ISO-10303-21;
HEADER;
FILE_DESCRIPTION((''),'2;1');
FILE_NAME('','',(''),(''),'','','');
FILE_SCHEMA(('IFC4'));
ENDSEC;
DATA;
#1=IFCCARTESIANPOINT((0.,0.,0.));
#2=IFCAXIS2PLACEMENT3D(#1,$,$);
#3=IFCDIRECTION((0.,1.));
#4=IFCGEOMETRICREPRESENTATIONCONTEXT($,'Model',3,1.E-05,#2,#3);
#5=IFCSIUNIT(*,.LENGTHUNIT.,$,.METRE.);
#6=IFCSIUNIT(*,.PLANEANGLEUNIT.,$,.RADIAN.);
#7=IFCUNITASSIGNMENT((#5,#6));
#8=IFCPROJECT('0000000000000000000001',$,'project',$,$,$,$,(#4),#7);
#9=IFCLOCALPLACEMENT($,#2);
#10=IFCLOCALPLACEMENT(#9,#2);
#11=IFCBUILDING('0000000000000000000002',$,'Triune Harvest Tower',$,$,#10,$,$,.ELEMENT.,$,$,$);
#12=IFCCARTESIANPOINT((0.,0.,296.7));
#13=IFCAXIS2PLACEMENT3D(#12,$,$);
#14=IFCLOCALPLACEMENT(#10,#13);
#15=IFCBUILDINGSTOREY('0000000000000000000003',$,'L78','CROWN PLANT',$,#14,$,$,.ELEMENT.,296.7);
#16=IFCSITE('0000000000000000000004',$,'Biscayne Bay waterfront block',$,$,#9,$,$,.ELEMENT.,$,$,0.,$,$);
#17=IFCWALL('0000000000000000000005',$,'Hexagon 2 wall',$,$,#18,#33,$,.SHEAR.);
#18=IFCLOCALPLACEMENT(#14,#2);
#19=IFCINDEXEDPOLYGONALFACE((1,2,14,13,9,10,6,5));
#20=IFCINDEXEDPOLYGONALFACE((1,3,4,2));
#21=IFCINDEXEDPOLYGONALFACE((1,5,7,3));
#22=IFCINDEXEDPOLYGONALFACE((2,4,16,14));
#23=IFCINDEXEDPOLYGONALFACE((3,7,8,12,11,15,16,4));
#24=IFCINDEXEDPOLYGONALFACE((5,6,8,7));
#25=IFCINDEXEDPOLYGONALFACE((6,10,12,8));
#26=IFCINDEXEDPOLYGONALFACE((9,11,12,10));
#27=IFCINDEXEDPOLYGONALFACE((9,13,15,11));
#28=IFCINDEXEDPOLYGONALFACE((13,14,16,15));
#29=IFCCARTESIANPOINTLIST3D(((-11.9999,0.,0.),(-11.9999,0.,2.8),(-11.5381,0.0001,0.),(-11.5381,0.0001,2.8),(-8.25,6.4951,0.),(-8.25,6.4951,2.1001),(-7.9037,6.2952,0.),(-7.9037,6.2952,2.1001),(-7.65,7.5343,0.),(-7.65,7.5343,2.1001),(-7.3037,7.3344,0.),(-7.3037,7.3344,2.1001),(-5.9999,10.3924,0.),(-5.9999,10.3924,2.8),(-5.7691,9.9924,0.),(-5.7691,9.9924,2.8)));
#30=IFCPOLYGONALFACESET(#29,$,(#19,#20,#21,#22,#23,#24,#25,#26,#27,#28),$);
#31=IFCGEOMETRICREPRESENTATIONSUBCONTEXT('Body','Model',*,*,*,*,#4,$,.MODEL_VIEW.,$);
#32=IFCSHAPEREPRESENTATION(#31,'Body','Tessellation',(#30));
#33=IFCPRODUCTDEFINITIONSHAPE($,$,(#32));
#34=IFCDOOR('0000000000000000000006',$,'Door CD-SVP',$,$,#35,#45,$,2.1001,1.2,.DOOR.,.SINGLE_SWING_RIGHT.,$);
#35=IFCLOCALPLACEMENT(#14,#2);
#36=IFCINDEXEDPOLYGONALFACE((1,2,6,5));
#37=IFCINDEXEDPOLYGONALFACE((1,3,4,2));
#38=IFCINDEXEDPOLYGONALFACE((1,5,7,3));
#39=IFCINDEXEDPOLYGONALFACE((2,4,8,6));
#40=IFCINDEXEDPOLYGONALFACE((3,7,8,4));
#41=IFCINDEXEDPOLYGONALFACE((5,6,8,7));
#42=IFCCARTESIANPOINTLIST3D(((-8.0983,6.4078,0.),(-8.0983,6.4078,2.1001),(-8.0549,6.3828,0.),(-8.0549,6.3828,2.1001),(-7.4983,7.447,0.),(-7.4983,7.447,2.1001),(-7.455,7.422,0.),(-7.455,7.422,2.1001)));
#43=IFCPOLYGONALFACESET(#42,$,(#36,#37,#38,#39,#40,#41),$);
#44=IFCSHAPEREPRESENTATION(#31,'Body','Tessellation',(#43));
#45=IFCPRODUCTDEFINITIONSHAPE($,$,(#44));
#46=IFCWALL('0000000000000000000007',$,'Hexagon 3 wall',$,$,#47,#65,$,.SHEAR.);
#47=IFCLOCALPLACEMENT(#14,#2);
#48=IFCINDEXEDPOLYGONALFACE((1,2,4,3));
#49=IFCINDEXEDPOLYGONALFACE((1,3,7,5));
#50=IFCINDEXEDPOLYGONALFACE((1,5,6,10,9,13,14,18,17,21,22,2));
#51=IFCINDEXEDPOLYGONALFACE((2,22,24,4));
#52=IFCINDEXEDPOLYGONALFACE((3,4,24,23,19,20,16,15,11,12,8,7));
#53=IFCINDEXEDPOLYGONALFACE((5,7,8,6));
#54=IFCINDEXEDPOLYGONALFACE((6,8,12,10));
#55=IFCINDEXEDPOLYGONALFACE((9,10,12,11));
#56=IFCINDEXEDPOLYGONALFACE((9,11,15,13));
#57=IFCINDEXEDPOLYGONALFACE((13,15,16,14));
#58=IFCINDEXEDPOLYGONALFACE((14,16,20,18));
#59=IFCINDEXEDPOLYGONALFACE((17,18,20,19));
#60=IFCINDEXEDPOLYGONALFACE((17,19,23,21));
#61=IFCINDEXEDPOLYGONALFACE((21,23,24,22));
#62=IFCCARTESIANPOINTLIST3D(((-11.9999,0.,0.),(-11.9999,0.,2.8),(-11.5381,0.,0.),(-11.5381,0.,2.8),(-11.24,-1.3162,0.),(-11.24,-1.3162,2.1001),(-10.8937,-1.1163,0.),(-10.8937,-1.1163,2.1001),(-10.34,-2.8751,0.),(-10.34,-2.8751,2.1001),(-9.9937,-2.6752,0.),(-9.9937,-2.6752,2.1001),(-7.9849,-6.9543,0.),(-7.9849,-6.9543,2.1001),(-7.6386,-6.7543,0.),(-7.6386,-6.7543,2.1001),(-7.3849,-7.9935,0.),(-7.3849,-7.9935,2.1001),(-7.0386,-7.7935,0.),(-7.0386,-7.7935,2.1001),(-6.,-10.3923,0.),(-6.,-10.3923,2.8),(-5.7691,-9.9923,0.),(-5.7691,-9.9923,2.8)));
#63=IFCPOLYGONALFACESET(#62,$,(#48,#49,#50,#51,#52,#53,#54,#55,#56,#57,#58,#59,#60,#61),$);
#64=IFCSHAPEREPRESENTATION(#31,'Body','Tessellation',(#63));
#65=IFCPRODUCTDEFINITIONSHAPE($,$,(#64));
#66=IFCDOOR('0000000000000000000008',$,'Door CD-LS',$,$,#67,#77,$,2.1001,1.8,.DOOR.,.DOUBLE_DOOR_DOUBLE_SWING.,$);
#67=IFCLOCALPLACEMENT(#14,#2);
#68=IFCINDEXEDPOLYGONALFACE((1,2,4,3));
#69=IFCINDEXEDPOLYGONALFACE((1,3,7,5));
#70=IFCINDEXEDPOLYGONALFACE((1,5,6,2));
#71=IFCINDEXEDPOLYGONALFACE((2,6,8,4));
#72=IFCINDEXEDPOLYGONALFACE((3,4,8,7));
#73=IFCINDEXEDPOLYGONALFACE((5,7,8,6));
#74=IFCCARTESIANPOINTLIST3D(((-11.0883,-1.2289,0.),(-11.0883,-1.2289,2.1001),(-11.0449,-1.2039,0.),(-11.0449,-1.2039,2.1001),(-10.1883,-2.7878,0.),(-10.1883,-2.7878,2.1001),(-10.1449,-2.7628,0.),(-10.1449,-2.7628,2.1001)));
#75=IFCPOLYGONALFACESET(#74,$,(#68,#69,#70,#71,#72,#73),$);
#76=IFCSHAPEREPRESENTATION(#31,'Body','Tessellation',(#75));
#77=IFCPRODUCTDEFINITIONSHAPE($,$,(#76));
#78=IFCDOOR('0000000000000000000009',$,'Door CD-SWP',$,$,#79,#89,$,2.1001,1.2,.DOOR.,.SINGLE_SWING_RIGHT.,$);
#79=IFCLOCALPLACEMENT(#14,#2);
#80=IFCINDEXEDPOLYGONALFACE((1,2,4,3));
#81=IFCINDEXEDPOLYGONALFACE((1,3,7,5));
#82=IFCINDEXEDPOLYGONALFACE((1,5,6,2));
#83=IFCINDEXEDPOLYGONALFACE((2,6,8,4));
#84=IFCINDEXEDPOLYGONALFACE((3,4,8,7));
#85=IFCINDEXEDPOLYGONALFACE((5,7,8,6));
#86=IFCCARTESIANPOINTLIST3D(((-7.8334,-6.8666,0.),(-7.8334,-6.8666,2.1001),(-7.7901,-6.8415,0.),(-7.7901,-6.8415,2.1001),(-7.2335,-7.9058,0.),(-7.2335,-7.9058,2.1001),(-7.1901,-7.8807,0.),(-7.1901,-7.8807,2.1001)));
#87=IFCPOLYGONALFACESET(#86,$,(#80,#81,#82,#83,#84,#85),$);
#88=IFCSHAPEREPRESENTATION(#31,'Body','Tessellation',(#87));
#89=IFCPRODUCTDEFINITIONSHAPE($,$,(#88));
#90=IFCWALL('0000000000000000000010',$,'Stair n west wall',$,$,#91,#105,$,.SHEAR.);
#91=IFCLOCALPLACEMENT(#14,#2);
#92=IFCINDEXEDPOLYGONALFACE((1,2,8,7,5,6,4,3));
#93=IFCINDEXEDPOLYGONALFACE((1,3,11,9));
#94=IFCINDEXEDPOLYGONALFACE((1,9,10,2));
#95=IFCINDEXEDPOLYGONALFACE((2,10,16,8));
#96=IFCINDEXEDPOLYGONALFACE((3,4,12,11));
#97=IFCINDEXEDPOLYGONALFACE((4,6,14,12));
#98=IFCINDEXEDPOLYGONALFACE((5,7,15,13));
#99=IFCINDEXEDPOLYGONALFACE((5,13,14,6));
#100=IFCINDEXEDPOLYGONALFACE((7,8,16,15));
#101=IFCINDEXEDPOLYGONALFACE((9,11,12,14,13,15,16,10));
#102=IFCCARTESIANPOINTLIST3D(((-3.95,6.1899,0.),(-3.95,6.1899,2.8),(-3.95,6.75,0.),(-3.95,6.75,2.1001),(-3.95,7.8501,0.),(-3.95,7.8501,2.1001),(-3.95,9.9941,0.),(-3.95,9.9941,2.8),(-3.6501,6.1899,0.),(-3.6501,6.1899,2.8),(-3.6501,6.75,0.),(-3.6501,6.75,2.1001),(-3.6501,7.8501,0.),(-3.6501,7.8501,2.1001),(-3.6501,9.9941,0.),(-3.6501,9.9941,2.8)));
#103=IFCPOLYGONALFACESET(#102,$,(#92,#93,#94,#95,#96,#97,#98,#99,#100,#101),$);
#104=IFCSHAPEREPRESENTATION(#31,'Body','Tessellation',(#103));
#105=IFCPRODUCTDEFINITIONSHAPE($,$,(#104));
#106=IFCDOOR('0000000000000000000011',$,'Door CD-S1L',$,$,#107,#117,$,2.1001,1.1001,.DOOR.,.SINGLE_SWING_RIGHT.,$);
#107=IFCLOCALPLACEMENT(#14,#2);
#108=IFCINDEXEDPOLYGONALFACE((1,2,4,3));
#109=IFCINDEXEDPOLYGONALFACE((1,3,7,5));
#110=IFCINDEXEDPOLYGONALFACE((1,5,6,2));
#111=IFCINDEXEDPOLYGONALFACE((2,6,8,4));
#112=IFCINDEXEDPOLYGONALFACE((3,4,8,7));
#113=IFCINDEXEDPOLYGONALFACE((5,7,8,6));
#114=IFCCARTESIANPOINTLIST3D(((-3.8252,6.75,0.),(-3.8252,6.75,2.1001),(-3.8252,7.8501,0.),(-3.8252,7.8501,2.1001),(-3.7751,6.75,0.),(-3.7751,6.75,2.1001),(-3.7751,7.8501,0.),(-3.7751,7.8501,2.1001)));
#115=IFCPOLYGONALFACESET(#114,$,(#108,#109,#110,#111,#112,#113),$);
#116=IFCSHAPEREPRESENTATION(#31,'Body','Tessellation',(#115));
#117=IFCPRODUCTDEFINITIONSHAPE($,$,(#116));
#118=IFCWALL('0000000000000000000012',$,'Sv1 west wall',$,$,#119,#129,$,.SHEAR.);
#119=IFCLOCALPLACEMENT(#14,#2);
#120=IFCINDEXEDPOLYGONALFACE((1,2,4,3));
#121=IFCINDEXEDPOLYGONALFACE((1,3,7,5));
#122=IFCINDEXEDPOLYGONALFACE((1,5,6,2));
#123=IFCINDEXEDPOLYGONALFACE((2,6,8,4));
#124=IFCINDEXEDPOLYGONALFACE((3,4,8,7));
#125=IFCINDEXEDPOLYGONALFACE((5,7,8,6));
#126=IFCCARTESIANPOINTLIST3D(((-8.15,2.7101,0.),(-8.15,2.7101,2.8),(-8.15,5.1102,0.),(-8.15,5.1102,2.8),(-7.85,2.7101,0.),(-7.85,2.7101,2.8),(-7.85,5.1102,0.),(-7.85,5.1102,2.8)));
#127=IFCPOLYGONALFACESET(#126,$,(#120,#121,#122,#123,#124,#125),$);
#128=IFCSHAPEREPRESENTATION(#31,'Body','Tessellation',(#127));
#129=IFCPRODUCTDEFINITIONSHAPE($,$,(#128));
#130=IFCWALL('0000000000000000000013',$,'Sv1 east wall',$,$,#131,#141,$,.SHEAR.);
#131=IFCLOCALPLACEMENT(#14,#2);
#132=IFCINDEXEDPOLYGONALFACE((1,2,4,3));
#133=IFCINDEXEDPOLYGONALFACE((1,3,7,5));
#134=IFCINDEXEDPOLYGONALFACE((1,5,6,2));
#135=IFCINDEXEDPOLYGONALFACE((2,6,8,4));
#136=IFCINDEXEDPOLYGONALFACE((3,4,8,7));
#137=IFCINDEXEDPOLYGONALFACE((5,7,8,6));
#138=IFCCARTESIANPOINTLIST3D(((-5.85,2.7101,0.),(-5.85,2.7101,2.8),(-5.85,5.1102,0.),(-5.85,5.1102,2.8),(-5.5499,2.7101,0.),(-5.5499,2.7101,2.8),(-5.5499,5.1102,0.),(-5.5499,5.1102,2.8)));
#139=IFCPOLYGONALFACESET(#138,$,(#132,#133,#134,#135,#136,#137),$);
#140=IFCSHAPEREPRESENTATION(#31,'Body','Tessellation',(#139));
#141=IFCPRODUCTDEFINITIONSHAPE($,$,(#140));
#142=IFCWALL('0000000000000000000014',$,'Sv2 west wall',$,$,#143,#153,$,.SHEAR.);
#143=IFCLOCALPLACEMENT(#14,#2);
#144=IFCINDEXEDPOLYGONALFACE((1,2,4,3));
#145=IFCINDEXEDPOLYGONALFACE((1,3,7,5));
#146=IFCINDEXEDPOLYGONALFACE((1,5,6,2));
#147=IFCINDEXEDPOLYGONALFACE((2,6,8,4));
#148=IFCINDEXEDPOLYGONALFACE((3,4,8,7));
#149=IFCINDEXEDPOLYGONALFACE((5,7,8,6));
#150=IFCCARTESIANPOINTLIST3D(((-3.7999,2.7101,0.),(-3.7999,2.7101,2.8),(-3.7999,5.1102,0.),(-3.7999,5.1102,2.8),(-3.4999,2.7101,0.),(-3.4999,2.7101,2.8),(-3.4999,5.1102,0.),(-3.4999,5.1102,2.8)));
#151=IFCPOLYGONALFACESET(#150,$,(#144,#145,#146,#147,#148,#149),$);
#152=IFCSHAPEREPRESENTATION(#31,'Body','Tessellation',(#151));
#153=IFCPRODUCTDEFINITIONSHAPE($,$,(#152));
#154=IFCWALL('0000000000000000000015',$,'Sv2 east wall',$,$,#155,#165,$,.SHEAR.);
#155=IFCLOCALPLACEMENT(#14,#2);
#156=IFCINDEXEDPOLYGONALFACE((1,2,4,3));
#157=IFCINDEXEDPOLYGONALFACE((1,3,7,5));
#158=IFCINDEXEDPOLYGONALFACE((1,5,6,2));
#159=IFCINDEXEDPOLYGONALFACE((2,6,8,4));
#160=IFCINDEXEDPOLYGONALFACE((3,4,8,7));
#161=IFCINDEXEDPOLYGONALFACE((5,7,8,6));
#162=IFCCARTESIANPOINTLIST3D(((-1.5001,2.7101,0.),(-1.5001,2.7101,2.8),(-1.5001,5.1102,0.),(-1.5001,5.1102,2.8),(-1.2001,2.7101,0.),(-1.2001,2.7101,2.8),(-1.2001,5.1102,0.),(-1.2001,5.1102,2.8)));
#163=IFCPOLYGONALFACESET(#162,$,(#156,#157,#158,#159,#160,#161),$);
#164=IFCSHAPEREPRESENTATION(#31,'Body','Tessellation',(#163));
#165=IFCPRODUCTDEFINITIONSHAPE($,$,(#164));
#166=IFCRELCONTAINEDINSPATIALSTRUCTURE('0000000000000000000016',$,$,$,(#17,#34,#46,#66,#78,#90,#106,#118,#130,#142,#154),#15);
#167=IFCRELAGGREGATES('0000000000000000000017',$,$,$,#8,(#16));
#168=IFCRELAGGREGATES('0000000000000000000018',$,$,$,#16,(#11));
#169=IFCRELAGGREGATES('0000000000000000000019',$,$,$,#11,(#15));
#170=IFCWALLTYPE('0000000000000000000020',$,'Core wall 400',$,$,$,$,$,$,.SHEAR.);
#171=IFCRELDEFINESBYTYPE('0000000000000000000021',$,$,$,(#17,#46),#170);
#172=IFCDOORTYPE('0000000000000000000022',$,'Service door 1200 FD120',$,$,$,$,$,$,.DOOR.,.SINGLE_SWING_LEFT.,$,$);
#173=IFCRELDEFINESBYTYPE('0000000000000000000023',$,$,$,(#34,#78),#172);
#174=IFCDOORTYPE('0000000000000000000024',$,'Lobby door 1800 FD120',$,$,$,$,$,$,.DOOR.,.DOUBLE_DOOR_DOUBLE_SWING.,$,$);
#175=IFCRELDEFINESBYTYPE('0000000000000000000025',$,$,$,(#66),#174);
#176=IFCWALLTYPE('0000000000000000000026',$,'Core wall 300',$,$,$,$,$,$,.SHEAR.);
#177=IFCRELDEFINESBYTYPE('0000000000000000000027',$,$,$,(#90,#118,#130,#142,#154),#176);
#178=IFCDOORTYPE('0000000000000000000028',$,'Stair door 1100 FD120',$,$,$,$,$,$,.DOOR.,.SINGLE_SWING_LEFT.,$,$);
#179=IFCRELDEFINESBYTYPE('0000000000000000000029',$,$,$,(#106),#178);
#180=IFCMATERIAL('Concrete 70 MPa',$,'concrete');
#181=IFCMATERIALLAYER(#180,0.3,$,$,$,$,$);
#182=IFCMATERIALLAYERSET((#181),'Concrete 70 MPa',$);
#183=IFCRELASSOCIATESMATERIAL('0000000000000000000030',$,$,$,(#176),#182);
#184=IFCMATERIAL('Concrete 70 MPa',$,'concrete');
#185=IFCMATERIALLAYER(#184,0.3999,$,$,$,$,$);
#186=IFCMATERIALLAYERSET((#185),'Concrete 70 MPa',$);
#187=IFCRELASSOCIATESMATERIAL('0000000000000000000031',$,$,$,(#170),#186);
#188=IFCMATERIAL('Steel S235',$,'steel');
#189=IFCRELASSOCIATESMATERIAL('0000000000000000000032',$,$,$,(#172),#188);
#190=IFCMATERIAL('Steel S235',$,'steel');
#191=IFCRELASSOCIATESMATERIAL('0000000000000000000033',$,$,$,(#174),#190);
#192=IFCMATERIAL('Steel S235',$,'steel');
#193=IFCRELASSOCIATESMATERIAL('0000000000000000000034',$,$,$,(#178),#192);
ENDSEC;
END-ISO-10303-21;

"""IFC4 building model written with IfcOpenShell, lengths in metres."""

from ifc_helpers import new_model, si_unit, direction, frame, frame_2d, origin, place, context, subcontext, project, spatial, polyline, rectangle, outline, extrude, source, transform, mapped, material, layer, layer_set, type_object, element, fill, save


model = new_model("IFC4")

# Units and contexts
model_context = context("Model", 3, precision=1e-05, world=origin(), true_north=direction((0.0, 1.0)))
body_context = subcontext(model_context, "Body", "Model", "MODEL_VIEW")
ifc_project = project(units=[si_unit("LENGTHUNIT", "METRE"), si_unit("PLANEANGLEUNIT", "RADIAN")], contexts=[model_context])

# Site, building, storey
site_placement = place(None, origin())
site = spatial("IfcSite", under=ifc_project, at=site_placement, Name="Biscayne Bay waterfront block", CompositionType="ELEMENT", RefElevation=0.0)
building_placement = place(site_placement, origin())
building = spatial("IfcBuilding", under=site, at=building_placement, Name="Triune Harvest Tower", CompositionType="ELEMENT")
storey_placement = place(building_placement, frame((0.0, 0.0, 296.7)))
storey = spatial("IfcBuildingStorey", under=building, at=storey_placement, Name="L78", Description="CROWN PLANT", CompositionType="ELEMENT", Elevation=296.7)

# Shared definitions
ifc_material_1 = material(Name="Concrete 70 MPa", Category="concrete")
ifc_layer_1 = layer(ifc_material_1, 0.3)
ifc_layer_set_1 = layer_set([ifc_layer_1], Name="Concrete 70 MPa")
wall_type_1 = type_object("IfcWallType", Name="Core wall 300", PredefinedType="SHEAR", material=ifc_layer_set_1)

# Wall, opening, door
ifc_material_2 = material(Name="Concrete 70 MPa", Category="concrete")
ifc_layer_2 = layer(ifc_material_2, 0.3999)
ifc_layer_set_2 = layer_set([ifc_layer_2], Name="Concrete 70 MPa")
wall_type_2 = type_object("IfcWallType", Name="Core wall 400", PredefinedType="SHEAR", material=ifc_layer_set_2)
shared_shape_1 = source(origin(), body_context, "Body", "SweptSolid", [
    extrude(outline(polyline([(-0.1155, -0.2), (11.8845, -0.2), (11.6536, 0.2), (0.1155, 0.2), (-0.1155, -0.2)])), origin(), (0.0, 0.0, 1.0), 2.8),
])
wall_1_placement = place(storey_placement, frame((-5.8845, 10.1924, 0.0), z_axis=(0.0, 0.0, 1.0), x_axis=(-0.499997, -0.866027, 0.0)))
wall_1 = element("IfcWall", 1, at=wall_1_placement, inside=storey, type_object=wall_type_2, Name="Hexagon 2 wall", PredefinedType="SHEAR", context=body_context, shape_type="MappedRepresentation", body=[
    mapped(shared_shape_1, transform((0.0, 0.0, 0.0), scale=1.0)),
])
opening_1_placement = place(wall_1_placement, frame((3.1846, 0.0, 0.0)))
opening_1 = element("IfcOpeningElement", 2, at=opening_1_placement, cuts=wall_1, PredefinedType="OPENING", context=body_context, shape_type="SweptSolid", body=[
    extrude(rectangle(XDim=1.2, YDim=2.1001, at=frame_2d((0.6001, 1.05))), frame((0.0, 0.21, 0.0), z_axis=(0.0, -1.0, 0.0), x_axis=(1.0, 0.0, 0.0)), (0.0, 0.0, 1.0), 0.4199),
])
ifc_material_3 = material(Name="Steel S235", Category="steel")
door_type_1 = type_object("IfcDoorType", Name="Service door 1200 FD120", OperationType="SINGLE_SWING_LEFT", PredefinedType="DOOR", material=ifc_material_3)
door_1_placement = place(opening_1_placement, frame((1.2, 0.0, 0.0), z_axis=(0.0, 0.0, 1.0), x_axis=(-1.0, 0.0, 0.0)))
door_1 = element("IfcDoor", 3, at=door_1_placement, inside=storey, type_object=door_type_1, Name="Door CD-SVP", OperationType="SINGLE_SWING_RIGHT", OverallHeight=2.1001, OverallWidth=1.2, PredefinedType="DOOR", context=body_context, shape_type="SweptSolid", body=[
    extrude(rectangle(XDim=1.2, YDim=2.1001, at=frame_2d((0.6001, 1.05))), frame((0.0, 0.0249, 0.0), z_axis=(0.0, -1.0, 0.0), x_axis=(1.0, 0.0, 0.0)), (0.0, 0.0, 1.0), 0.05),
])
fill(opening_1, door_1)

# Wall, openings, doors
wall_2_placement = place(storey_placement, frame((-11.769, 0.0, 0.0), z_axis=(0.0, 0.0, 1.0), x_axis=(0.499997, -0.866027, 0.0)))
wall_2 = element("IfcWall", 4, at=wall_2_placement, inside=storey, type_object=wall_type_2, Name="Hexagon 3 wall", PredefinedType="SHEAR", context=body_context, shape_type="MappedRepresentation", body=[
    mapped(shared_shape_1, transform((0.0, 0.0, 0.0), scale=1.0)),
])
opening_2_placement = place(wall_2_placement, frame((1.4045, 0.0, 0.0)))
opening_2 = element("IfcOpeningElement", 5, at=opening_2_placement, cuts=wall_2, PredefinedType="OPENING", context=body_context, shape_type="SweptSolid", body=[
    extrude(rectangle(XDim=1.8, YDim=2.1001, at=frame_2d((0.8999, 1.05))), frame((0.0, 0.21, 0.0), z_axis=(0.0, -1.0, 0.0), x_axis=(1.0, 0.0, 0.0)), (0.0, 0.0, 1.0), 0.4199),
])
opening_3_placement = place(wall_2_placement, frame((7.9146, 0.0, 0.0)))
opening_3 = element("IfcOpeningElement", 6, at=opening_3_placement, cuts=wall_2, PredefinedType="OPENING", context=body_context, shape_type="SweptSolid", body=[
    extrude(rectangle(XDim=1.2, YDim=2.1001, at=frame_2d((0.6001, 1.05))), frame((0.0, 0.21, 0.0), z_axis=(0.0, -1.0, 0.0), x_axis=(1.0, 0.0, 0.0)), (0.0, 0.0, 1.0), 0.4199),
])
ifc_material_4 = material(Name="Steel S235", Category="steel")
door_type_2 = type_object("IfcDoorType", Name="Lobby door 1800 FD120", OperationType="DOUBLE_DOOR_DOUBLE_SWING", PredefinedType="DOOR", material=ifc_material_4)
door_2_placement = place(opening_2_placement, frame((1.8, 0.0, 0.0), z_axis=(0.0, 0.0, 1.0), x_axis=(-1.0, 0.0, 0.0)))
door_2 = element("IfcDoor", 7, at=door_2_placement, inside=storey, type_object=door_type_2, Name="Door CD-LS", OperationType="DOUBLE_DOOR_DOUBLE_SWING", OverallHeight=2.1001, OverallWidth=1.8, PredefinedType="DOOR", context=body_context, shape_type="SweptSolid", body=[
    extrude(rectangle(XDim=1.8, YDim=2.1001, at=frame_2d((0.8999, 1.05))), frame((0.0, 0.0249, 0.0), z_axis=(0.0, -1.0, 0.0), x_axis=(1.0, 0.0, 0.0)), (0.0, 0.0, 1.0), 0.05),
])
fill(opening_2, door_2)
door_3_placement = place(opening_3_placement, frame((1.2, 0.0, 0.0), z_axis=(0.0, 0.0, 1.0), x_axis=(-1.0, 0.0, 0.0)))
door_3 = element("IfcDoor", 8, at=door_3_placement, inside=storey, type_object=door_type_1, Name="Door CD-SWP", OperationType="SINGLE_SWING_RIGHT", OverallHeight=2.1001, OverallWidth=1.2, PredefinedType="DOOR", context=body_context, shape_type="SweptSolid", body=[
    extrude(rectangle(XDim=1.2, YDim=2.1001, at=frame_2d((0.6001, 1.05))), frame((0.0, 0.0249, 0.0), z_axis=(0.0, -1.0, 0.0), x_axis=(1.0, 0.0, 0.0)), (0.0, 0.0, 1.0), 0.05),
])
fill(opening_3, door_3)

# Wall, opening, door
shared_shape_2 = source(origin(), body_context, "Body", "SweptSolid", [
    extrude(outline(polyline([(0.0, -0.1499), (0.0, 0.1499), (3.8042, 0.1499), (3.8042, -0.1499), (0.0, -0.1499)])), origin(), (0.0, 0.0, 1.0), 2.8),
])
wall_3_placement = place(storey_placement, frame((-3.8, 6.1899, 0.0), z_axis=(0.0, 0.0, 1.0), x_axis=(0.0, 1.0, 0.0)))
wall_3 = element("IfcWall", 9, at=wall_3_placement, inside=storey, type_object=wall_type_1, Name="Stair n west wall", PredefinedType="SHEAR", context=body_context, shape_type="MappedRepresentation", body=[
    mapped(shared_shape_2, transform((0.0, 0.0, 0.0), scale=1.0)),
])
opening_4_placement = place(wall_3_placement, frame((0.5601, 0.0, 0.0)))
opening_4 = element("IfcOpeningElement", 10, at=opening_4_placement, cuts=wall_3, PredefinedType="OPENING", context=body_context, shape_type="SweptSolid", body=[
    extrude(rectangle(XDim=1.1001, YDim=2.1001, at=frame_2d((0.55, 1.05))), frame((0.0, 0.1602, 0.0), z_axis=(0.0, -1.0, 0.0), x_axis=(1.0, 0.0, 0.0)), (0.0, 0.0, 1.0), 0.3201),
])
ifc_material_5 = material(Name="Steel S235", Category="steel")
door_type_3 = type_object("IfcDoorType", Name="Stair door 1100 FD120", OperationType="SINGLE_SWING_LEFT", PredefinedType="DOOR", material=ifc_material_5)
door_4_placement = place(opening_4_placement, frame((1.1001, 0.0, 0.0), z_axis=(0.0, 0.0, 1.0), x_axis=(-1.0, 0.0, 0.0)))
door_4 = element("IfcDoor", 11, at=door_4_placement, inside=storey, type_object=door_type_3, Name="Door CD-S1L", OperationType="SINGLE_SWING_RIGHT", OverallHeight=2.1001, OverallWidth=1.1001, PredefinedType="DOOR", context=body_context, shape_type="SweptSolid", body=[
    extrude(rectangle(XDim=1.1001, YDim=2.1001, at=frame_2d((0.55, 1.05))), frame((0.0, 0.0249, 0.0), z_axis=(0.0, -1.0, 0.0), x_axis=(1.0, 0.0, 0.0)), (0.0, 0.0, 1.0), 0.05),
])
fill(opening_4, door_4)

# Walls
shared_shape_3 = source(origin(), body_context, "Body", "SweptSolid", [
    extrude(rectangle(XDim=2.4001, YDim=0.3, at=frame_2d((1.2002, 0.0))), origin(), (0.0, 0.0, 1.0), 2.8),
])
for number, where, z_axis, x_axis, name in (
    (12, (-8.0, 2.71, 0.0), (0.0, 0.0, 1.0), (0.0, 1.0, 0.0), "Sv1 west wall"),
    (13, (-5.7, 2.71, 0.0), (0.0, 0.0, 1.0), (0.0, 1.0, 0.0), "Sv1 east wall"),
    (14, (-3.6499, 2.71, 0.0), (0.0, 0.0, 1.0), (0.0, 1.0, 0.0), "Sv2 west wall"),
    (15, (-1.3501, 2.71, 0.0), (0.0, 0.0, 1.0), (0.0, 1.0, 0.0), "Sv2 east wall"),
):
    element("IfcWall", number, at=place(storey_placement, frame(where, z_axis=z_axis, x_axis=x_axis)), inside=storey, type_object=wall_type_1, Name=name, PredefinedType="SHEAR", context=body_context, shape_type="MappedRepresentation", body=[
        mapped(shared_shape_3, transform((0.0, 0.0, 0.0), scale=1.0)),
    ])

save(model, "model.ifc")
